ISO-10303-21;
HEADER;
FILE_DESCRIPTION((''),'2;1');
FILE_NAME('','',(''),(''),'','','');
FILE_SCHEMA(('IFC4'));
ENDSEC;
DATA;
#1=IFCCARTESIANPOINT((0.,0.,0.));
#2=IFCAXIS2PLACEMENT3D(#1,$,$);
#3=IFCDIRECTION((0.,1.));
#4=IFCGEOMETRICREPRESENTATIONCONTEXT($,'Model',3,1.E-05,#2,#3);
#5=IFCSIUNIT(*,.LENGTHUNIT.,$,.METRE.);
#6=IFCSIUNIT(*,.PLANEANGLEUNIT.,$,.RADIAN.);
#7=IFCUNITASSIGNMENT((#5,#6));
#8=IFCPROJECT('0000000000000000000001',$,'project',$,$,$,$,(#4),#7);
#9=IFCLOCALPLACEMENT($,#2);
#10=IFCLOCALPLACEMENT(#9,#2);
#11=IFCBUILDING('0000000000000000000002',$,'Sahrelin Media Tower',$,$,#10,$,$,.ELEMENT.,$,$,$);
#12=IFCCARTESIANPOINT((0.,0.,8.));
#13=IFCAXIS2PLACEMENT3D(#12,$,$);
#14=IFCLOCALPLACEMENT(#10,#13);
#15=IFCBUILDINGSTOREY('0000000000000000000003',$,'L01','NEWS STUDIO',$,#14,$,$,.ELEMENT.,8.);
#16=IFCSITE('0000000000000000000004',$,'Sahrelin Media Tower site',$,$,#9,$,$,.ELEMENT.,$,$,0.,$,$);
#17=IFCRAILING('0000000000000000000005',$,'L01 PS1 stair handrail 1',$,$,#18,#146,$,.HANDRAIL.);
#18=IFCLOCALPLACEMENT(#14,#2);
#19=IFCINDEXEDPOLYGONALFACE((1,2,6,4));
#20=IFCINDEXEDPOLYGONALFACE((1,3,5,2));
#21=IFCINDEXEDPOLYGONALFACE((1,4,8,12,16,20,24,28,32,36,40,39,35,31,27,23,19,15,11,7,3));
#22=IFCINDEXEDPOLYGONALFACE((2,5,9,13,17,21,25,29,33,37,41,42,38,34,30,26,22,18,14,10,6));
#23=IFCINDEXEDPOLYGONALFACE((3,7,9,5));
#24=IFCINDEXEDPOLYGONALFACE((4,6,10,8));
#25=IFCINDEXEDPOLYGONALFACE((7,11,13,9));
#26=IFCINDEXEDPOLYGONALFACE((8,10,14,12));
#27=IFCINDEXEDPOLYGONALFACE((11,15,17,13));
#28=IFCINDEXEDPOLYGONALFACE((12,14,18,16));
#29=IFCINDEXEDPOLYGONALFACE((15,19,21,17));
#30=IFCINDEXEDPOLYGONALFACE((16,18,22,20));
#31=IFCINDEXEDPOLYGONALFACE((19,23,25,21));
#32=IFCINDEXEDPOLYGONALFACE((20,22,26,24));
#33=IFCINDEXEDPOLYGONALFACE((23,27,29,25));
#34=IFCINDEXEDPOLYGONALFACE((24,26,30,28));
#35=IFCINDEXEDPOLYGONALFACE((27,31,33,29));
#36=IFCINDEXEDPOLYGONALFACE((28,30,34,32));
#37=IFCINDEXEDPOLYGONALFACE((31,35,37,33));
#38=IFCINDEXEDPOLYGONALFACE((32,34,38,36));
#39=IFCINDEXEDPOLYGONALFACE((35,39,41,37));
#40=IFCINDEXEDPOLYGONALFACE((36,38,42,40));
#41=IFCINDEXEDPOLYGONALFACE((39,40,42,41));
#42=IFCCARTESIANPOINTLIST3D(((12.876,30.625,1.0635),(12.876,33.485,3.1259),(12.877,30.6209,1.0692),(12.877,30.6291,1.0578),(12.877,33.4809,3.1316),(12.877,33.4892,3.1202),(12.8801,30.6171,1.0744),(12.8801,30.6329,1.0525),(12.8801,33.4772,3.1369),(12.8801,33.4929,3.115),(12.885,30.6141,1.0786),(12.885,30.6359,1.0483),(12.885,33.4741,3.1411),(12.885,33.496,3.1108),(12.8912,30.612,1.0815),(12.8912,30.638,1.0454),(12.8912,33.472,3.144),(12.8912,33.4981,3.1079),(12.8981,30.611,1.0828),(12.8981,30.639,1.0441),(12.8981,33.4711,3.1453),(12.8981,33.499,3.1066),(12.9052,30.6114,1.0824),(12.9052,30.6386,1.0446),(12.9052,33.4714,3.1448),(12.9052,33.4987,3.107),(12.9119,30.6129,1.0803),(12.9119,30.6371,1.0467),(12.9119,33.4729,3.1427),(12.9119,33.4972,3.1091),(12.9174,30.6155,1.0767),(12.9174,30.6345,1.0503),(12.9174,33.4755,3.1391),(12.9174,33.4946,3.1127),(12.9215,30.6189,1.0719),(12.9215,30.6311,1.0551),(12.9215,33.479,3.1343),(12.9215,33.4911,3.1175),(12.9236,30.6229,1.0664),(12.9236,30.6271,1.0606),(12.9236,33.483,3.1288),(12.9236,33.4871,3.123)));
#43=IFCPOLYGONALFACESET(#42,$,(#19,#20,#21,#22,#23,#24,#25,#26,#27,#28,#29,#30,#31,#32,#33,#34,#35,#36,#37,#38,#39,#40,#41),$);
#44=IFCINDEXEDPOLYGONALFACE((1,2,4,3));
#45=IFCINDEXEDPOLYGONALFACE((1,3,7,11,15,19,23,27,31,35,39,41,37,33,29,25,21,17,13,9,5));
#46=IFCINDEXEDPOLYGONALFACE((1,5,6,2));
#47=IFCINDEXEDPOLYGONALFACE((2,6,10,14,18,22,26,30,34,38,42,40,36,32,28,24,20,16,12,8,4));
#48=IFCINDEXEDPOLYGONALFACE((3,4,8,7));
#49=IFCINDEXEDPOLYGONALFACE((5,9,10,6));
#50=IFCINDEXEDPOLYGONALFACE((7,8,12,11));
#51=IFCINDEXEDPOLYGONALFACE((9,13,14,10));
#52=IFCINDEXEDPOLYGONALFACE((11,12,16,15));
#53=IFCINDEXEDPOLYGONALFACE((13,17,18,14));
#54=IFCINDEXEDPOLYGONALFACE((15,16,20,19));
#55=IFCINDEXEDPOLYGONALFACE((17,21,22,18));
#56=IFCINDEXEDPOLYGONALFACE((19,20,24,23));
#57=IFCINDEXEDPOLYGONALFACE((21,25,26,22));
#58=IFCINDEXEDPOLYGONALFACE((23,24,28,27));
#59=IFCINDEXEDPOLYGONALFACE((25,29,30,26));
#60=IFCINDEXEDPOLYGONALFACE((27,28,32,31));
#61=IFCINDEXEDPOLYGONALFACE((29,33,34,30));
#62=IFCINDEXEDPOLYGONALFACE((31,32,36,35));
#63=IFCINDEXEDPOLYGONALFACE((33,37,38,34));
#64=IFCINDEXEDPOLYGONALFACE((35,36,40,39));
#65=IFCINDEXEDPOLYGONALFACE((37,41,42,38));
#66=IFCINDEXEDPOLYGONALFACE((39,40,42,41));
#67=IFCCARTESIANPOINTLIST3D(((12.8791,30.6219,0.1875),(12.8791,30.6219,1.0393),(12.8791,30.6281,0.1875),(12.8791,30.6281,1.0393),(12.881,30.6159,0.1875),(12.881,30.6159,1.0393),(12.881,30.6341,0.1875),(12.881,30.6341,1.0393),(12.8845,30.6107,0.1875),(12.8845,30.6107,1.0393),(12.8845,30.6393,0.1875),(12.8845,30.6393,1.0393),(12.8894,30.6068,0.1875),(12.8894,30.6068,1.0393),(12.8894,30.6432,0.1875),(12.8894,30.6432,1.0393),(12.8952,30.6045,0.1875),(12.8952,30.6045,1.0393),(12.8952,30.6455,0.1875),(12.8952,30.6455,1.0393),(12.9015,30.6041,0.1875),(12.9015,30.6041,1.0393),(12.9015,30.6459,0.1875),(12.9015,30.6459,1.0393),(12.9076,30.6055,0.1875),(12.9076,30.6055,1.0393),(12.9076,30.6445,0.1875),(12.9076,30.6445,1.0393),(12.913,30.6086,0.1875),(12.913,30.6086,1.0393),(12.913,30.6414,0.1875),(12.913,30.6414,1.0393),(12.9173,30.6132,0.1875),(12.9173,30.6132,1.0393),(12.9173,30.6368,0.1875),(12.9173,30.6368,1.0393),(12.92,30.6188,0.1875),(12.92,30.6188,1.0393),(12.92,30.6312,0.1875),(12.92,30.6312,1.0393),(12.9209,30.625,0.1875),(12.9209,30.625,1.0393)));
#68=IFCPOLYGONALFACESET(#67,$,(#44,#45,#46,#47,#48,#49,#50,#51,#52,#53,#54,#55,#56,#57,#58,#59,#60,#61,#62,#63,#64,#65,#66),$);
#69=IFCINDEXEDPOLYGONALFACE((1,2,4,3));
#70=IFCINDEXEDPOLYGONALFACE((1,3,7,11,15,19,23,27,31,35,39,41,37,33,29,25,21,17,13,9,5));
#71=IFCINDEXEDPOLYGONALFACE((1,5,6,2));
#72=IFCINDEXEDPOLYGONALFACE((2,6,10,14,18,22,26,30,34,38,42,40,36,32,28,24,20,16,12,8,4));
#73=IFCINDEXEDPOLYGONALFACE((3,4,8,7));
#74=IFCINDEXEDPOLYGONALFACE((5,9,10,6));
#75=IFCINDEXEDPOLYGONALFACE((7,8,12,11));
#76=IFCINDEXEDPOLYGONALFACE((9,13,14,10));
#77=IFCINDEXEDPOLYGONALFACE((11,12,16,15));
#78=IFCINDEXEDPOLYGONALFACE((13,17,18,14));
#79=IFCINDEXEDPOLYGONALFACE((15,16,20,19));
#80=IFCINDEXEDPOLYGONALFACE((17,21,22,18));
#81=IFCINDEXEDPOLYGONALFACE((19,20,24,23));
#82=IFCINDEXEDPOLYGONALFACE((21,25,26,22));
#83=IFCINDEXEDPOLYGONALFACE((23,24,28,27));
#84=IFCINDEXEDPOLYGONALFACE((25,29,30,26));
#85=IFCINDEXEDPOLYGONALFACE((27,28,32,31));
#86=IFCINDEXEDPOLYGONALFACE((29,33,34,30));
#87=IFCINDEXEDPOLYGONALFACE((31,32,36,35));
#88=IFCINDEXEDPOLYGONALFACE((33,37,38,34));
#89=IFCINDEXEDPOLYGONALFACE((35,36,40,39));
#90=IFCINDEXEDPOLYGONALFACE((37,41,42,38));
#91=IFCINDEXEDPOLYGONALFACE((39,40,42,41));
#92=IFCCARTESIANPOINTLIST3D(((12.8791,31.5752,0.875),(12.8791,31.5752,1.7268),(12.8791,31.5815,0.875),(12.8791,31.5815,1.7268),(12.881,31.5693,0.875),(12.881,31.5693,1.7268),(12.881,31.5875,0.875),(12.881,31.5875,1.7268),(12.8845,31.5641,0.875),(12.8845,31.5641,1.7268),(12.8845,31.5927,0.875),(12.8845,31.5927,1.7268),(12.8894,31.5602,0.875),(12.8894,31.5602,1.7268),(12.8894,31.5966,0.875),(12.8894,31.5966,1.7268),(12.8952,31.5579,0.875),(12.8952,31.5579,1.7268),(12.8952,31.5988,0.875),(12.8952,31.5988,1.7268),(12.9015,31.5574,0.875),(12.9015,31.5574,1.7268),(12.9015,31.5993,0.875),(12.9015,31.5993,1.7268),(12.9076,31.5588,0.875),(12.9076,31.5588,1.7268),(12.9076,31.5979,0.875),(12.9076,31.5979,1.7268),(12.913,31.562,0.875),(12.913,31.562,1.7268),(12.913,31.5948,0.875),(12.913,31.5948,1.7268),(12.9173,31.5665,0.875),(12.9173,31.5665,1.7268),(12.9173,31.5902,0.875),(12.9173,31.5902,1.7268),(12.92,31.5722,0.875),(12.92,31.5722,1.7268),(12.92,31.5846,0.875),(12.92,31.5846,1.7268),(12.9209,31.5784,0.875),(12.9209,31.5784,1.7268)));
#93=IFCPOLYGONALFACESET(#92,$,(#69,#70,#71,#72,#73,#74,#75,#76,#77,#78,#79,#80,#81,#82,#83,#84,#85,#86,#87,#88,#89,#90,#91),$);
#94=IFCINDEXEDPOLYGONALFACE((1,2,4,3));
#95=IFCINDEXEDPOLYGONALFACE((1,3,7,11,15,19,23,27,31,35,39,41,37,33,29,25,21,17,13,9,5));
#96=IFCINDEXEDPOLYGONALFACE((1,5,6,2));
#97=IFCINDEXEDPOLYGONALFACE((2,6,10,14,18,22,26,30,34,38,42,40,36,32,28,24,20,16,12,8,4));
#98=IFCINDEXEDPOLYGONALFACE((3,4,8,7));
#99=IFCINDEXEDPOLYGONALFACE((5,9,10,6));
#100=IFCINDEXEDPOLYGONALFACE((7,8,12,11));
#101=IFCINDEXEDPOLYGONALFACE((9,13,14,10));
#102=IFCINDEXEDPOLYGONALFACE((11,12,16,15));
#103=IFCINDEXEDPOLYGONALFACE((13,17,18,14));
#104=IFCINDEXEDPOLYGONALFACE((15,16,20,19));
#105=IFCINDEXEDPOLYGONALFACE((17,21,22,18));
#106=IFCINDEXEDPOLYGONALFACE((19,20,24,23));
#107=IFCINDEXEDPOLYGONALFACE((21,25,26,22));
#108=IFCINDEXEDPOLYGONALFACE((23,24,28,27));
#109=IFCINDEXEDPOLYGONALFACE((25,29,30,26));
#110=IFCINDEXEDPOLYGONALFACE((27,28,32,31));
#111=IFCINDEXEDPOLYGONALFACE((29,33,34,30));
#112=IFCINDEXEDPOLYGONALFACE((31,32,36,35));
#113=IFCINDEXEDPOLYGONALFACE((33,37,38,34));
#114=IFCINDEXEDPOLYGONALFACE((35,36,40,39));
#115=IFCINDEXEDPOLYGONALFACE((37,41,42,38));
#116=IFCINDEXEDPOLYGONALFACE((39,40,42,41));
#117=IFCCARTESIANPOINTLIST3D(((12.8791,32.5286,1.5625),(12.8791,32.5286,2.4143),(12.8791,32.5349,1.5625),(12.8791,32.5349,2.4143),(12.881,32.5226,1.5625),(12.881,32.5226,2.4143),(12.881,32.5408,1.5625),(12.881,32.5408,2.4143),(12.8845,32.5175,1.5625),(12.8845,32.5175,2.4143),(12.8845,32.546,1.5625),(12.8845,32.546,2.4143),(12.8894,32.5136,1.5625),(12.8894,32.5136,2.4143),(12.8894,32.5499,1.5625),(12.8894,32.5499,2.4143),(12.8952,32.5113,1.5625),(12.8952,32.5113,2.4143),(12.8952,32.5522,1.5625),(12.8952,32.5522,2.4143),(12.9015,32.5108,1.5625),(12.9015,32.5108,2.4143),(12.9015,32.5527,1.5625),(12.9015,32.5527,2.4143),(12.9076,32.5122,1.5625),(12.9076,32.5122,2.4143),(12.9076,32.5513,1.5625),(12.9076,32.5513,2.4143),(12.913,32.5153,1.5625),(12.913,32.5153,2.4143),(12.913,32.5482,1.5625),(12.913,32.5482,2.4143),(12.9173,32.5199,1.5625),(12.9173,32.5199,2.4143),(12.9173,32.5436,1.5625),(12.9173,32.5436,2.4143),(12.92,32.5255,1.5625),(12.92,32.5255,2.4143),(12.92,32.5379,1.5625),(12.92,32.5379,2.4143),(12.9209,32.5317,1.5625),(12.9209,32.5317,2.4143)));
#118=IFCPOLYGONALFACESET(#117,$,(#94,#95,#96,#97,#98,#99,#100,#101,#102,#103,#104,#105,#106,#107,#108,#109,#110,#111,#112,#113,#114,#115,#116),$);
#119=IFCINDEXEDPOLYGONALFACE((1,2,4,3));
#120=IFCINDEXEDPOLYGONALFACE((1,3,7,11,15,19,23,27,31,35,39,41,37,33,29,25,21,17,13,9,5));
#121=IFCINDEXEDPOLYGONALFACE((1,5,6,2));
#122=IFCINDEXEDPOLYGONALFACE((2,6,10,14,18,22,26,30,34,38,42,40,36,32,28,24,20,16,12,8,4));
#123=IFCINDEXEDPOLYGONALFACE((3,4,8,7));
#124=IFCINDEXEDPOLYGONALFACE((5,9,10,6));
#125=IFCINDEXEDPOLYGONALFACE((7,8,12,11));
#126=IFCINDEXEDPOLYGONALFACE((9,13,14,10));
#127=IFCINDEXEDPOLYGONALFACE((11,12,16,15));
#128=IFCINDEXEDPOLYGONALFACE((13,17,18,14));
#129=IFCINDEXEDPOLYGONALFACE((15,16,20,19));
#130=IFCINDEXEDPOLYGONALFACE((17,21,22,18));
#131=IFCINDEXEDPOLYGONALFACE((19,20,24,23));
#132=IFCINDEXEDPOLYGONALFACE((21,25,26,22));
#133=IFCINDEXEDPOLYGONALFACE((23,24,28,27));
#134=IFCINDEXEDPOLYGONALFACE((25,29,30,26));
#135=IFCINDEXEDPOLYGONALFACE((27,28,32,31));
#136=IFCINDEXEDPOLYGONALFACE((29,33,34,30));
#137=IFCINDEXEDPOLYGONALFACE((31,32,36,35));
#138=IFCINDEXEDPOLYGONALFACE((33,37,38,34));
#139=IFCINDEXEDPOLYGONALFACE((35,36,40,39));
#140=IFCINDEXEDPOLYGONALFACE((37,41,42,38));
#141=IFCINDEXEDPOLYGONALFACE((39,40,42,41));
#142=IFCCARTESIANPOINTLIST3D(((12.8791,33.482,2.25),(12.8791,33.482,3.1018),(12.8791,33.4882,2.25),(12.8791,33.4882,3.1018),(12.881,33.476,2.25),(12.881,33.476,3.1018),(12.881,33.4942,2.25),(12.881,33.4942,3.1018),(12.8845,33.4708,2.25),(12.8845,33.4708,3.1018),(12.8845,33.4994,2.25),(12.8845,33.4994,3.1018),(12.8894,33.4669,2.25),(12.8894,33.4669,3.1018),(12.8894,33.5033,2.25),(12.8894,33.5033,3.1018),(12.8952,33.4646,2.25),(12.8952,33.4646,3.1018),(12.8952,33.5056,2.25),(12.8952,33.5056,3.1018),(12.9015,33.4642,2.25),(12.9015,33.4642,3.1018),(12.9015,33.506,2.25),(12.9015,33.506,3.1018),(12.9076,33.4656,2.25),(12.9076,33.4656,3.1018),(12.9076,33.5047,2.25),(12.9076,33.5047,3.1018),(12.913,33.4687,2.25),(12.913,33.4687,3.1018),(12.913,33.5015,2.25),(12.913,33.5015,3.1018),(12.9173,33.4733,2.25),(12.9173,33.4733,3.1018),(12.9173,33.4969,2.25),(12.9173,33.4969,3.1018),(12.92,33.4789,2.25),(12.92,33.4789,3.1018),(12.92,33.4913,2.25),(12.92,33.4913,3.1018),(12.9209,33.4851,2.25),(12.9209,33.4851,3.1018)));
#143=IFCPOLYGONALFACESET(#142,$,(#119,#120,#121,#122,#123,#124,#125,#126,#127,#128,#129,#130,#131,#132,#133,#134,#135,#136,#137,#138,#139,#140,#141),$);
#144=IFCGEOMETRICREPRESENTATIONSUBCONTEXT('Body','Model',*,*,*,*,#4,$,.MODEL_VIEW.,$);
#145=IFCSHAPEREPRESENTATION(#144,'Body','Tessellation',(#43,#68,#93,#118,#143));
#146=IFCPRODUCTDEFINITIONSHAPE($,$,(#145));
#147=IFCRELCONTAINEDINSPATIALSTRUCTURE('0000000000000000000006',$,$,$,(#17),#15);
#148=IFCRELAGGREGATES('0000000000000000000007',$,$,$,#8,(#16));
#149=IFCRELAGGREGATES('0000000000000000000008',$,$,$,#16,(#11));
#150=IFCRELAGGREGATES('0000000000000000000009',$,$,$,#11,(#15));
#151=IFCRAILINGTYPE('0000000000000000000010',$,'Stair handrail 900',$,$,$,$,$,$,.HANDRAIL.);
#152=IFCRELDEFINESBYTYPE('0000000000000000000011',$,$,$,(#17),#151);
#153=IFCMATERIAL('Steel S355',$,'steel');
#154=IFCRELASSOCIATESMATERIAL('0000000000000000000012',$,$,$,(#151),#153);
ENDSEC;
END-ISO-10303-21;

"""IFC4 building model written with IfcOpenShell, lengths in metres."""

from ifc_helpers import new_model, si_unit, direction, frame, origin, origin_2d, place, context, subcontext, project, spatial, circle, extrude, material, type_object, element, save


model = new_model("IFC4")

# Units and contexts
model_context = context("Model", 3, precision=1e-05, world=origin(), true_north=direction((0.0, 1.0)))
body_context = subcontext(model_context, "Body", "Model", "MODEL_VIEW")
ifc_project = project(units=[si_unit("LENGTHUNIT", "METRE"), si_unit("PLANEANGLEUNIT", "RADIAN")], contexts=[model_context])

# Site, building, storey
site_placement = place(None, origin())
site = spatial("IfcSite", under=ifc_project, at=site_placement, Name="Sahrelin Media Tower site", CompositionType="ELEMENT", RefElevation=0.0)
building_placement = place(site_placement, origin())
building = spatial("IfcBuilding", under=site, at=building_placement, Name="Sahrelin Media Tower", CompositionType="ELEMENT")
storey_placement = place(building_placement, frame((0.0, 0.0, 8.0)))
storey = spatial("IfcBuildingStorey", under=building, at=storey_placement, Name="L01", Description="NEWS STUDIO", CompositionType="ELEMENT", Elevation=8.0)

# Shared definitions
ifc_material_1 = material(Name="Steel S355", Category="steel")

# Railing
railing_type_1 = type_object("IfcRailingType", Name="Stair handrail 900", PredefinedType="HANDRAIL", material=ifc_material_1)
railing_1_placement = place(storey_placement, frame((12.8999, 30.625, 0.1875)))
element("IfcRailing", 1, at=railing_1_placement, inside=storey, type_object=railing_type_1, Name="L01 PS1 stair handrail 1", PredefinedType="HANDRAIL", context=body_context, shape_type="SweptSolid", body=[
    extrude(circle(Radius=0.0239, at=origin_2d()), frame((0.0, 0.0, 0.876), z_axis=(0.0, 0.811101, 0.584906), x_axis=(-1.0, 0.0, 0.0)), (0.0, 0.0, 1.0), 3.5261),
    extrude(circle(Radius=0.021, at=origin_2d()), origin(), (0.0, 0.0, 1.0), 0.8518),
    extrude(circle(Radius=0.021, at=origin_2d()), frame((0.0, 0.9534, 0.6875)), (0.0, 0.0, 1.0), 0.8518),
    extrude(circle(Radius=0.021, at=origin_2d()), frame((0.0, 1.9067, 1.375)), (0.0, 0.0, 1.0), 0.8518),
    extrude(circle(Radius=0.021, at=origin_2d()), frame((0.0, 2.8601, 2.0625)), (0.0, 0.0, 1.0), 0.8518),
])

save(model, "model.ifc")
